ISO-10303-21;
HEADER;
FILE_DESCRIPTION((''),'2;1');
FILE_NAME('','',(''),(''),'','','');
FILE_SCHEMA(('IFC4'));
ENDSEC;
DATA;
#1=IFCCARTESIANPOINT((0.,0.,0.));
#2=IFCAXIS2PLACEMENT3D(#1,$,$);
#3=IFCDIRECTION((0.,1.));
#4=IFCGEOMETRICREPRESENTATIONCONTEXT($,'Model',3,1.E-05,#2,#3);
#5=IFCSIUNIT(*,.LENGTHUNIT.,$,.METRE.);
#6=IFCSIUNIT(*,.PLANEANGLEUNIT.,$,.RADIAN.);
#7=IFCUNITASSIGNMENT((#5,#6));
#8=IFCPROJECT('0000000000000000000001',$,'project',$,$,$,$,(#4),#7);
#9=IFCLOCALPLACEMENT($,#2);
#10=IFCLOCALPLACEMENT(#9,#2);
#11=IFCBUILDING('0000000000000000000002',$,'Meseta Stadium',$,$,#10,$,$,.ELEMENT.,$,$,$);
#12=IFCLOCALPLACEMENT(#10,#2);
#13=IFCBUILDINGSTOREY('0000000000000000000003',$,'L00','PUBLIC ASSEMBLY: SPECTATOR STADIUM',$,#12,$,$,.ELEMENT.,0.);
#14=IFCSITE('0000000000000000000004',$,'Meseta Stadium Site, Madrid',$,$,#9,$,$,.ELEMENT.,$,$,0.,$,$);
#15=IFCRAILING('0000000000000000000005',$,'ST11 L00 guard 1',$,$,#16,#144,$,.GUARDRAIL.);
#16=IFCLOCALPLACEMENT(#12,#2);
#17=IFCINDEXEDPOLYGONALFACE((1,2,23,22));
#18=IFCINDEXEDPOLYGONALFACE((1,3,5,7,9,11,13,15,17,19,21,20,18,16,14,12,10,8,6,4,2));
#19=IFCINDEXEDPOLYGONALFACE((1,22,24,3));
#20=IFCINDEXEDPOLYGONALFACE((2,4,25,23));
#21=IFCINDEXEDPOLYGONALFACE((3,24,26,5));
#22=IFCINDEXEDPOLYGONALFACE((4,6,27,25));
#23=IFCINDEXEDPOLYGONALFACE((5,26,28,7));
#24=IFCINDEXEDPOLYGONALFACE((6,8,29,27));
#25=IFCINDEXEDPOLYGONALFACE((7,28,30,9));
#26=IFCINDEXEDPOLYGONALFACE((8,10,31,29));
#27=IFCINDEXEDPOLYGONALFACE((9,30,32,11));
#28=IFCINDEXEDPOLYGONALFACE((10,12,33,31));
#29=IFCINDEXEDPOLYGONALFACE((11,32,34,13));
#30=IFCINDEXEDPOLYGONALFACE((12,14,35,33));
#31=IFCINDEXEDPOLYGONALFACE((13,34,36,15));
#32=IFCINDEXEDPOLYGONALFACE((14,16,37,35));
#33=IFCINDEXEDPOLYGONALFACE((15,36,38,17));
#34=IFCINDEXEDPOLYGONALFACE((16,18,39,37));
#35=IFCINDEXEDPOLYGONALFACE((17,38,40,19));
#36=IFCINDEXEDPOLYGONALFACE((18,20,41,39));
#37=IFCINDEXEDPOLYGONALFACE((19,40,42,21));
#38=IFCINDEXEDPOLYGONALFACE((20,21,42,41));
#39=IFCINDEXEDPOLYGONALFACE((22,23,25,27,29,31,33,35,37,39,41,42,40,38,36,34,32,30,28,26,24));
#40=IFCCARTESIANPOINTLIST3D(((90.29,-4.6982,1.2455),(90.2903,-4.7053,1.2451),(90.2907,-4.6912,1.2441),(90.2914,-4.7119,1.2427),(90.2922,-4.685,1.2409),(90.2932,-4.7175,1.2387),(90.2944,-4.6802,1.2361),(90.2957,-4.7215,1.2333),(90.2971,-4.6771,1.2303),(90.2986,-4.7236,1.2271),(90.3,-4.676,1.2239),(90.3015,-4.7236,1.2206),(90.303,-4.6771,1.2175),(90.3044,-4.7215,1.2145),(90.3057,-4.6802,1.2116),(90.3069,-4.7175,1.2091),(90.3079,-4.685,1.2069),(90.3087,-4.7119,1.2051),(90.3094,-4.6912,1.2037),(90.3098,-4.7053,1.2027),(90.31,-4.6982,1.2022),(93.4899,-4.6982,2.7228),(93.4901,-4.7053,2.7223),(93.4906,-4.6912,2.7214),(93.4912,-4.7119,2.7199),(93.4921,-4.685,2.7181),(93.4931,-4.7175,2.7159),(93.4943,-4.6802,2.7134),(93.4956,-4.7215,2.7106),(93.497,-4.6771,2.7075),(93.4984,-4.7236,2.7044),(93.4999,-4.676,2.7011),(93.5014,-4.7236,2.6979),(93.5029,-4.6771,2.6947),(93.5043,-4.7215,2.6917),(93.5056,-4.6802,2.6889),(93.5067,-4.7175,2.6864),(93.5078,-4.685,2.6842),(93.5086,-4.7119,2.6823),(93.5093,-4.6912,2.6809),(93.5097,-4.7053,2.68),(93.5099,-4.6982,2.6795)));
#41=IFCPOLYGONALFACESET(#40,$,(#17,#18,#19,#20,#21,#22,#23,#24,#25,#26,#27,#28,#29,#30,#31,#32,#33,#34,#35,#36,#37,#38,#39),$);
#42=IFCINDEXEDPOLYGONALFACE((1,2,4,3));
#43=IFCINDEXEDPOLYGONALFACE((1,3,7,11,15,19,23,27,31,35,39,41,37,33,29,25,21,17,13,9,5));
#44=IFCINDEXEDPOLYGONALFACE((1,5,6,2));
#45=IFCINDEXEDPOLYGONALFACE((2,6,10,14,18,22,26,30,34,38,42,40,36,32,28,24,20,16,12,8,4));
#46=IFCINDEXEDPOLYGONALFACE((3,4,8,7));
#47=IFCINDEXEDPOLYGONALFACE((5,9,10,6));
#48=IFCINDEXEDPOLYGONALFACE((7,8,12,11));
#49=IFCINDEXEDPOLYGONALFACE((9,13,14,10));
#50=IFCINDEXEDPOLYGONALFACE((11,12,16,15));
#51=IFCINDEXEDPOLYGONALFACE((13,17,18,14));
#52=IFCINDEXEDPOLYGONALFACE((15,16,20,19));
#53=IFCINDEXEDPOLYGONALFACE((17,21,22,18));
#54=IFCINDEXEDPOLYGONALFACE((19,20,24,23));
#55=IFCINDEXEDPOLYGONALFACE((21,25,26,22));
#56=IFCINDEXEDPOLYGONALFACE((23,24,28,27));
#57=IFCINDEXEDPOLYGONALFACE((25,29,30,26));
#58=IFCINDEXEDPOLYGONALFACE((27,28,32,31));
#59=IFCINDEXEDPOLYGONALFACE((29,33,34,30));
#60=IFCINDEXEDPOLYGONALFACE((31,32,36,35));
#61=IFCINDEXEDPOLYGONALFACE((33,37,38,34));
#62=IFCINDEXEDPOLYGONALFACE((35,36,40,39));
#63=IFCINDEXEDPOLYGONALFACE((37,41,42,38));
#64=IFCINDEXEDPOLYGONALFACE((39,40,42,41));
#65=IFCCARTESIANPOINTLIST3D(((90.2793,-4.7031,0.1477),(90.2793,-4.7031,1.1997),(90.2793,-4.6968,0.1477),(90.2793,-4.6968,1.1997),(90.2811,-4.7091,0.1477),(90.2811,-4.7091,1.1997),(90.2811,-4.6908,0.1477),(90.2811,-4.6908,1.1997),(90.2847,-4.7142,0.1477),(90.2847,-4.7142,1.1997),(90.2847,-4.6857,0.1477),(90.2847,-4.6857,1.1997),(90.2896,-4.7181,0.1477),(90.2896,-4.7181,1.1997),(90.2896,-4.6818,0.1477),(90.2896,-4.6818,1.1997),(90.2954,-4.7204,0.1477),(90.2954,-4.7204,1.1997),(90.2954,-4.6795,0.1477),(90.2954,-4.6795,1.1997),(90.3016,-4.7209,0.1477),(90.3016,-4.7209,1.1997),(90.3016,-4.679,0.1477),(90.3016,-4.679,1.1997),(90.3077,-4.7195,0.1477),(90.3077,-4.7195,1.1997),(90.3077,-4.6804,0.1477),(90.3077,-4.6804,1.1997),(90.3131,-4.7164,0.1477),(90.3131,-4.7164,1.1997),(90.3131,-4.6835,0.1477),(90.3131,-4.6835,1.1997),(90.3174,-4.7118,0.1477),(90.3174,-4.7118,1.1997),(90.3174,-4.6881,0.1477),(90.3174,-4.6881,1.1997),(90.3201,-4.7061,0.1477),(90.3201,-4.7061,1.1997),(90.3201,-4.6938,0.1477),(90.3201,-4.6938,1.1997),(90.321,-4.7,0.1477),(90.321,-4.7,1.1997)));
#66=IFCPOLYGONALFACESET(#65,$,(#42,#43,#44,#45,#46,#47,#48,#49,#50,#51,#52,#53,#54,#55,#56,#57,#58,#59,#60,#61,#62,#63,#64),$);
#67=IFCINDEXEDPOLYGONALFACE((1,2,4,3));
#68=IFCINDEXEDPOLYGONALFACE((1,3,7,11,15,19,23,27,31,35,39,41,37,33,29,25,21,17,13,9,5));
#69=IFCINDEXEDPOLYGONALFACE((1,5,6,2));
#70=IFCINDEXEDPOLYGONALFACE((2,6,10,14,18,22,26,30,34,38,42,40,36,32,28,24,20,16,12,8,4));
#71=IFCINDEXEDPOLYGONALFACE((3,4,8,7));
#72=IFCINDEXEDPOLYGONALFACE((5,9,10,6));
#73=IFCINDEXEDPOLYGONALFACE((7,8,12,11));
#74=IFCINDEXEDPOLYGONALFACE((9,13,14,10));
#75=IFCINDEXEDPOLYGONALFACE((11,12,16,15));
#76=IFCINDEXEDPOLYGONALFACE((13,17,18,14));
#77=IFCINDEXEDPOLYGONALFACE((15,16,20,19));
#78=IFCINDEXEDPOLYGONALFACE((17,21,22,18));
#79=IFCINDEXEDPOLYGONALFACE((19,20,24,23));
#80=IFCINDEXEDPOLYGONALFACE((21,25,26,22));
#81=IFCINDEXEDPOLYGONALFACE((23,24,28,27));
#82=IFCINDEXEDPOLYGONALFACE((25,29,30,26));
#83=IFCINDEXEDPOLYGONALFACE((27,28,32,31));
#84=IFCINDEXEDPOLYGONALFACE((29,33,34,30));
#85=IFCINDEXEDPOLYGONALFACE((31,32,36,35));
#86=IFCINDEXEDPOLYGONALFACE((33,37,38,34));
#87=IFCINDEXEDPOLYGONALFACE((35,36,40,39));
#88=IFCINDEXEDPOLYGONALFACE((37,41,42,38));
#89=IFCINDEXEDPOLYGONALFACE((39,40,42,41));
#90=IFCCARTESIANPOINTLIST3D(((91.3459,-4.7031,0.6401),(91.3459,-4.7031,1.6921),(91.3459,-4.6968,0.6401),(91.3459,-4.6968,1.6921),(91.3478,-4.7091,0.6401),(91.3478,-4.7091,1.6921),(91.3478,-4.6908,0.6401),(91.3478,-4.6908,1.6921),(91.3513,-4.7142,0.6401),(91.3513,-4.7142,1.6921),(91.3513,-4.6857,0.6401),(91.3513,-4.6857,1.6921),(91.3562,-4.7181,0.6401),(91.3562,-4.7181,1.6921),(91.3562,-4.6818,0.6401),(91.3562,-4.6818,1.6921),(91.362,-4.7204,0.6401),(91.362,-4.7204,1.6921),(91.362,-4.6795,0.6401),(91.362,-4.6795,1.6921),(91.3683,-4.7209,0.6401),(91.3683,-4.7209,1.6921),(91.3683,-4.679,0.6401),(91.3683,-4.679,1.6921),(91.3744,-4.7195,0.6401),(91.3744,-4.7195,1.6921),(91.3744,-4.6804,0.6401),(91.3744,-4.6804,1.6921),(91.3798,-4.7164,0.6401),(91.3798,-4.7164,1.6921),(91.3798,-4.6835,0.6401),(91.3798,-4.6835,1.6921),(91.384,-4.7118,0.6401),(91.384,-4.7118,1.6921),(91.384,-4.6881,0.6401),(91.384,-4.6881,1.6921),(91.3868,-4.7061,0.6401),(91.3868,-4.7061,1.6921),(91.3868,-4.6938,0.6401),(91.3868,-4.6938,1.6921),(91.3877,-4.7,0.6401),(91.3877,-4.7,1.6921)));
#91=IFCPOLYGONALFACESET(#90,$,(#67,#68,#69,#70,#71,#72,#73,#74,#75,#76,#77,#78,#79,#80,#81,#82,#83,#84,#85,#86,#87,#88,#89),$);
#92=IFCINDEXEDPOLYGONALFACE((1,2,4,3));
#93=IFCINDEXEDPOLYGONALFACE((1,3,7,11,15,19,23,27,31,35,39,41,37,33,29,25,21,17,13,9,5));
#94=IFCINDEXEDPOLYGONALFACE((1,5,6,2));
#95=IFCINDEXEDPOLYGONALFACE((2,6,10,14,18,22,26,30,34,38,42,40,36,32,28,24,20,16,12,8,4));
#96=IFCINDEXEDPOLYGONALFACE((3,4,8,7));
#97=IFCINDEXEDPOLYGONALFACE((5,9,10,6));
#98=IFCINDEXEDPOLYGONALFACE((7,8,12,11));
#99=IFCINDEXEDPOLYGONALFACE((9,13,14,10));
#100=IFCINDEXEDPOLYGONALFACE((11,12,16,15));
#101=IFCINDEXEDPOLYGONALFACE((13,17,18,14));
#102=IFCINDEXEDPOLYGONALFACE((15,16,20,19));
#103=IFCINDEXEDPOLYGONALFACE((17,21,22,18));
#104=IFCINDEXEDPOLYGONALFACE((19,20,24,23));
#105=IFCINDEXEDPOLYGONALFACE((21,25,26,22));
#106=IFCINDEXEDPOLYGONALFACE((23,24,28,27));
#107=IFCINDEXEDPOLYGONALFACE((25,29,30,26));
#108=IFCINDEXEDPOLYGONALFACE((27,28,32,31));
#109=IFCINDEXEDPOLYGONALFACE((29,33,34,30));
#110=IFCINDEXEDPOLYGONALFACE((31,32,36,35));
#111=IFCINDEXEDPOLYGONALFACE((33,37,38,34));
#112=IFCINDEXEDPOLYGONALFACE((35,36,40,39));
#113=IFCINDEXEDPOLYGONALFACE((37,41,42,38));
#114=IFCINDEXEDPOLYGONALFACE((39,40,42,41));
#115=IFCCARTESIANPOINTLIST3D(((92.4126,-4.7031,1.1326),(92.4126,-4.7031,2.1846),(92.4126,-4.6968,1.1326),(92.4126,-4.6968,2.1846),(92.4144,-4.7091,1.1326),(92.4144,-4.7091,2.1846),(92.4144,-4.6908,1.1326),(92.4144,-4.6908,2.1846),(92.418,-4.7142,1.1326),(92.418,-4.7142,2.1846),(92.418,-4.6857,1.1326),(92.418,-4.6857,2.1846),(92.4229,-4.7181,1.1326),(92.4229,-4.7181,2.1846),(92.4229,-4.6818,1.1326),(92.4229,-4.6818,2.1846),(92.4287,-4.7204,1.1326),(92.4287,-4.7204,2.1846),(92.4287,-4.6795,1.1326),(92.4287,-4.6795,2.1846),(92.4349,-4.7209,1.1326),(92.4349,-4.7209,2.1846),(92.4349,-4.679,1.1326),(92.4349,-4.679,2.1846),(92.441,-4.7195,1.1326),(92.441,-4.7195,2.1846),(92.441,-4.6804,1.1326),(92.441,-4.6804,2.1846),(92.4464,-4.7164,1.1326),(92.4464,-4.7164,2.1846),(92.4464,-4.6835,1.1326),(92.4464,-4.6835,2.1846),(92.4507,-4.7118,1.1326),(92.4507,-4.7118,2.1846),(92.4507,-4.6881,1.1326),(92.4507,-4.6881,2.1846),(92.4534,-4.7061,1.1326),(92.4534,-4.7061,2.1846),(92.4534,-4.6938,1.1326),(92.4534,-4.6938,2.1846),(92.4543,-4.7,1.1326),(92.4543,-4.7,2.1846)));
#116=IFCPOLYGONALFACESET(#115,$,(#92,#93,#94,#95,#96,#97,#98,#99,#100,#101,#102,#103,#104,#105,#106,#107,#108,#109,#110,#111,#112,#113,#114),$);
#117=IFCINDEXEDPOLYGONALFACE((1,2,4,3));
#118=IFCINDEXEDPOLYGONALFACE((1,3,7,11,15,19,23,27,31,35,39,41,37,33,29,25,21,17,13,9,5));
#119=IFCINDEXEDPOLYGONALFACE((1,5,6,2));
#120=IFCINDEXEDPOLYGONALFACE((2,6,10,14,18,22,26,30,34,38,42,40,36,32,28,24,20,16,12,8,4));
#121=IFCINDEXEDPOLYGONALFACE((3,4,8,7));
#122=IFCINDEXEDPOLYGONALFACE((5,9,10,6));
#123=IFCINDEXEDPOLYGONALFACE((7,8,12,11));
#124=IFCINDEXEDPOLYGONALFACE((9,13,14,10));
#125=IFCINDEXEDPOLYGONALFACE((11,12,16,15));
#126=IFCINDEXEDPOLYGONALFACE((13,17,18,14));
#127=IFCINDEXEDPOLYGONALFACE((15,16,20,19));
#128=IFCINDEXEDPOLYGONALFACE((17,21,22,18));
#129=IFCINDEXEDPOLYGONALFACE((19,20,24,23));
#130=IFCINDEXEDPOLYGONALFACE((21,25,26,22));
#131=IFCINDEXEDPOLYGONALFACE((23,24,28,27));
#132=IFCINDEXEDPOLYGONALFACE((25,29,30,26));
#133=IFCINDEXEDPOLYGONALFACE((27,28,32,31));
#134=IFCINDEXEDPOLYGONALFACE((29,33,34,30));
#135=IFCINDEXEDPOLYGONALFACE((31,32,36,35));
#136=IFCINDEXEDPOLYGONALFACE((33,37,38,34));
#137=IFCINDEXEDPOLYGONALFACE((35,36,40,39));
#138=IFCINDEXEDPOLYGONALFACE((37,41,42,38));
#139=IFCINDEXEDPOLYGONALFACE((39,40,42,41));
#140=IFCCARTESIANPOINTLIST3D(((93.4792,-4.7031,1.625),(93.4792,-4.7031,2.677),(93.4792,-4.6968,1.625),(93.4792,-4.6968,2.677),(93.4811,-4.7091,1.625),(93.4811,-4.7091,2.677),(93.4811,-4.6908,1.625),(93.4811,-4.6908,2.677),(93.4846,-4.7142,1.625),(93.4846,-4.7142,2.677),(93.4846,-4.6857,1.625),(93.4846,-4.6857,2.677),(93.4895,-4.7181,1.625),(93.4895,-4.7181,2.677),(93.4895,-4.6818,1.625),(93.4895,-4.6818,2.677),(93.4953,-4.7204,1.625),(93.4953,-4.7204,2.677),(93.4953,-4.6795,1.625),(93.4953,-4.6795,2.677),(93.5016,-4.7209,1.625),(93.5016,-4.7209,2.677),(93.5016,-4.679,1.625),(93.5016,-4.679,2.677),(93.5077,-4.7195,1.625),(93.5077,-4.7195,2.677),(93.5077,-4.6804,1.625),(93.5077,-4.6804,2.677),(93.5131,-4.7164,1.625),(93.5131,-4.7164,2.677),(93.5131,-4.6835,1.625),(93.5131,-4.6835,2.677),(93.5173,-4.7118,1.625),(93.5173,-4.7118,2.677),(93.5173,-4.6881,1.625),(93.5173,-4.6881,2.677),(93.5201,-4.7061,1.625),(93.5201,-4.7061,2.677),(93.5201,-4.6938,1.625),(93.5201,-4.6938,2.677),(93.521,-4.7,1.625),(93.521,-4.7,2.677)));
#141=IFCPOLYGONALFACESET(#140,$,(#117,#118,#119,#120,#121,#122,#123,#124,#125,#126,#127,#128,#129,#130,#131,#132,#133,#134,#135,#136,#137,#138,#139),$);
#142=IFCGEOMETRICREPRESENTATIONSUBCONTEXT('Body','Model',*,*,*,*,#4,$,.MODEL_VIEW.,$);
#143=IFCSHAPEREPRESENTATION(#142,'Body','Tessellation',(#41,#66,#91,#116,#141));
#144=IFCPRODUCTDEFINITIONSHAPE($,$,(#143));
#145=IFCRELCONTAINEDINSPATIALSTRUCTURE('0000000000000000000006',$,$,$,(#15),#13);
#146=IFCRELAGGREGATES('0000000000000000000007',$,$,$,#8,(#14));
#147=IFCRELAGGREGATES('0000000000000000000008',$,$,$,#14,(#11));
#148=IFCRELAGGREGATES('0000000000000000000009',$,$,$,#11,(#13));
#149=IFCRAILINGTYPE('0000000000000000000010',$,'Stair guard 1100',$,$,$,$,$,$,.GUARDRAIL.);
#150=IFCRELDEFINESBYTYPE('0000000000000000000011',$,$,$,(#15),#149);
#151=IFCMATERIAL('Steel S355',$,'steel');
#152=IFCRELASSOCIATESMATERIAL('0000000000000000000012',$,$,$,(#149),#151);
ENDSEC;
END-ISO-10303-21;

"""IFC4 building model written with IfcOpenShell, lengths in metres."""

from ifc_helpers import new_model, si_unit, direction, frame, origin, origin_2d, place, context, subcontext, project, spatial, circle, extrude, material, type_object, element, save


model = new_model("IFC4")

# Units and contexts
model_context = context("Model", 3, precision=1e-05, world=origin(), true_north=direction((0.0, 1.0)))
body_context = subcontext(model_context, "Body", "Model", "MODEL_VIEW")
ifc_project = project(units=[si_unit("LENGTHUNIT", "METRE"), si_unit("PLANEANGLEUNIT", "RADIAN")], contexts=[model_context])

# Site, building, storey
site_placement = place(None, origin())
site = spatial("IfcSite", under=ifc_project, at=site_placement, Name="Meseta Stadium Site, Madrid", CompositionType="ELEMENT", RefElevation=0.0)
building_placement = place(site_placement, origin())
building = spatial("IfcBuilding", under=site, at=building_placement, Name="Meseta Stadium", CompositionType="ELEMENT")
storey_placement = place(building_placement, origin())
storey = spatial("IfcBuildingStorey", under=building, at=storey_placement, Name="L00", Description="PUBLIC ASSEMBLY: SPECTATOR STADIUM", CompositionType="ELEMENT", Elevation=0.0)

# Railing
ifc_material_1 = material(Name="Steel S355", Category="steel")
railing_type_1 = type_object("IfcRailingType", Name="Stair guard 1100", PredefinedType="GUARDRAIL", material=ifc_material_1)
railing_1_placement = place(storey_placement, frame((90.3, -4.7, 0.1477)))
element("IfcRailing", 1, at=railing_1_placement, inside=storey, type_object=railing_type_1, Name="ST11 L00 guard 1", PredefinedType="GUARDRAIL", context=body_context, shape_type="SweptSolid", body=[
    extrude(circle(Radius=0.0239, at=origin_2d()), frame((0.0, 0.0, 1.0762), z_axis=(0.907917, 0.0, 0.41915), x_axis=(0.0, 1.0, 0.0)), (0.0, 0.0, 1.0), 3.5244),
    extrude(circle(Radius=0.021, at=origin_2d()), origin(), (0.0, 0.0, 1.0), 1.052),
    extrude(circle(Radius=0.021, at=origin_2d()), frame((1.0667, 0.0, 0.4924)), (0.0, 0.0, 1.0), 1.052),
    extrude(circle(Radius=0.021, at=origin_2d()), frame((2.1333, 0.0, 0.9849)), (0.0, 0.0, 1.0), 1.052),
    extrude(circle(Radius=0.021, at=origin_2d()), frame((3.2, 0.0, 1.4773)), (0.0, 0.0, 1.0), 1.052),
])

save(model, "model.ifc")
